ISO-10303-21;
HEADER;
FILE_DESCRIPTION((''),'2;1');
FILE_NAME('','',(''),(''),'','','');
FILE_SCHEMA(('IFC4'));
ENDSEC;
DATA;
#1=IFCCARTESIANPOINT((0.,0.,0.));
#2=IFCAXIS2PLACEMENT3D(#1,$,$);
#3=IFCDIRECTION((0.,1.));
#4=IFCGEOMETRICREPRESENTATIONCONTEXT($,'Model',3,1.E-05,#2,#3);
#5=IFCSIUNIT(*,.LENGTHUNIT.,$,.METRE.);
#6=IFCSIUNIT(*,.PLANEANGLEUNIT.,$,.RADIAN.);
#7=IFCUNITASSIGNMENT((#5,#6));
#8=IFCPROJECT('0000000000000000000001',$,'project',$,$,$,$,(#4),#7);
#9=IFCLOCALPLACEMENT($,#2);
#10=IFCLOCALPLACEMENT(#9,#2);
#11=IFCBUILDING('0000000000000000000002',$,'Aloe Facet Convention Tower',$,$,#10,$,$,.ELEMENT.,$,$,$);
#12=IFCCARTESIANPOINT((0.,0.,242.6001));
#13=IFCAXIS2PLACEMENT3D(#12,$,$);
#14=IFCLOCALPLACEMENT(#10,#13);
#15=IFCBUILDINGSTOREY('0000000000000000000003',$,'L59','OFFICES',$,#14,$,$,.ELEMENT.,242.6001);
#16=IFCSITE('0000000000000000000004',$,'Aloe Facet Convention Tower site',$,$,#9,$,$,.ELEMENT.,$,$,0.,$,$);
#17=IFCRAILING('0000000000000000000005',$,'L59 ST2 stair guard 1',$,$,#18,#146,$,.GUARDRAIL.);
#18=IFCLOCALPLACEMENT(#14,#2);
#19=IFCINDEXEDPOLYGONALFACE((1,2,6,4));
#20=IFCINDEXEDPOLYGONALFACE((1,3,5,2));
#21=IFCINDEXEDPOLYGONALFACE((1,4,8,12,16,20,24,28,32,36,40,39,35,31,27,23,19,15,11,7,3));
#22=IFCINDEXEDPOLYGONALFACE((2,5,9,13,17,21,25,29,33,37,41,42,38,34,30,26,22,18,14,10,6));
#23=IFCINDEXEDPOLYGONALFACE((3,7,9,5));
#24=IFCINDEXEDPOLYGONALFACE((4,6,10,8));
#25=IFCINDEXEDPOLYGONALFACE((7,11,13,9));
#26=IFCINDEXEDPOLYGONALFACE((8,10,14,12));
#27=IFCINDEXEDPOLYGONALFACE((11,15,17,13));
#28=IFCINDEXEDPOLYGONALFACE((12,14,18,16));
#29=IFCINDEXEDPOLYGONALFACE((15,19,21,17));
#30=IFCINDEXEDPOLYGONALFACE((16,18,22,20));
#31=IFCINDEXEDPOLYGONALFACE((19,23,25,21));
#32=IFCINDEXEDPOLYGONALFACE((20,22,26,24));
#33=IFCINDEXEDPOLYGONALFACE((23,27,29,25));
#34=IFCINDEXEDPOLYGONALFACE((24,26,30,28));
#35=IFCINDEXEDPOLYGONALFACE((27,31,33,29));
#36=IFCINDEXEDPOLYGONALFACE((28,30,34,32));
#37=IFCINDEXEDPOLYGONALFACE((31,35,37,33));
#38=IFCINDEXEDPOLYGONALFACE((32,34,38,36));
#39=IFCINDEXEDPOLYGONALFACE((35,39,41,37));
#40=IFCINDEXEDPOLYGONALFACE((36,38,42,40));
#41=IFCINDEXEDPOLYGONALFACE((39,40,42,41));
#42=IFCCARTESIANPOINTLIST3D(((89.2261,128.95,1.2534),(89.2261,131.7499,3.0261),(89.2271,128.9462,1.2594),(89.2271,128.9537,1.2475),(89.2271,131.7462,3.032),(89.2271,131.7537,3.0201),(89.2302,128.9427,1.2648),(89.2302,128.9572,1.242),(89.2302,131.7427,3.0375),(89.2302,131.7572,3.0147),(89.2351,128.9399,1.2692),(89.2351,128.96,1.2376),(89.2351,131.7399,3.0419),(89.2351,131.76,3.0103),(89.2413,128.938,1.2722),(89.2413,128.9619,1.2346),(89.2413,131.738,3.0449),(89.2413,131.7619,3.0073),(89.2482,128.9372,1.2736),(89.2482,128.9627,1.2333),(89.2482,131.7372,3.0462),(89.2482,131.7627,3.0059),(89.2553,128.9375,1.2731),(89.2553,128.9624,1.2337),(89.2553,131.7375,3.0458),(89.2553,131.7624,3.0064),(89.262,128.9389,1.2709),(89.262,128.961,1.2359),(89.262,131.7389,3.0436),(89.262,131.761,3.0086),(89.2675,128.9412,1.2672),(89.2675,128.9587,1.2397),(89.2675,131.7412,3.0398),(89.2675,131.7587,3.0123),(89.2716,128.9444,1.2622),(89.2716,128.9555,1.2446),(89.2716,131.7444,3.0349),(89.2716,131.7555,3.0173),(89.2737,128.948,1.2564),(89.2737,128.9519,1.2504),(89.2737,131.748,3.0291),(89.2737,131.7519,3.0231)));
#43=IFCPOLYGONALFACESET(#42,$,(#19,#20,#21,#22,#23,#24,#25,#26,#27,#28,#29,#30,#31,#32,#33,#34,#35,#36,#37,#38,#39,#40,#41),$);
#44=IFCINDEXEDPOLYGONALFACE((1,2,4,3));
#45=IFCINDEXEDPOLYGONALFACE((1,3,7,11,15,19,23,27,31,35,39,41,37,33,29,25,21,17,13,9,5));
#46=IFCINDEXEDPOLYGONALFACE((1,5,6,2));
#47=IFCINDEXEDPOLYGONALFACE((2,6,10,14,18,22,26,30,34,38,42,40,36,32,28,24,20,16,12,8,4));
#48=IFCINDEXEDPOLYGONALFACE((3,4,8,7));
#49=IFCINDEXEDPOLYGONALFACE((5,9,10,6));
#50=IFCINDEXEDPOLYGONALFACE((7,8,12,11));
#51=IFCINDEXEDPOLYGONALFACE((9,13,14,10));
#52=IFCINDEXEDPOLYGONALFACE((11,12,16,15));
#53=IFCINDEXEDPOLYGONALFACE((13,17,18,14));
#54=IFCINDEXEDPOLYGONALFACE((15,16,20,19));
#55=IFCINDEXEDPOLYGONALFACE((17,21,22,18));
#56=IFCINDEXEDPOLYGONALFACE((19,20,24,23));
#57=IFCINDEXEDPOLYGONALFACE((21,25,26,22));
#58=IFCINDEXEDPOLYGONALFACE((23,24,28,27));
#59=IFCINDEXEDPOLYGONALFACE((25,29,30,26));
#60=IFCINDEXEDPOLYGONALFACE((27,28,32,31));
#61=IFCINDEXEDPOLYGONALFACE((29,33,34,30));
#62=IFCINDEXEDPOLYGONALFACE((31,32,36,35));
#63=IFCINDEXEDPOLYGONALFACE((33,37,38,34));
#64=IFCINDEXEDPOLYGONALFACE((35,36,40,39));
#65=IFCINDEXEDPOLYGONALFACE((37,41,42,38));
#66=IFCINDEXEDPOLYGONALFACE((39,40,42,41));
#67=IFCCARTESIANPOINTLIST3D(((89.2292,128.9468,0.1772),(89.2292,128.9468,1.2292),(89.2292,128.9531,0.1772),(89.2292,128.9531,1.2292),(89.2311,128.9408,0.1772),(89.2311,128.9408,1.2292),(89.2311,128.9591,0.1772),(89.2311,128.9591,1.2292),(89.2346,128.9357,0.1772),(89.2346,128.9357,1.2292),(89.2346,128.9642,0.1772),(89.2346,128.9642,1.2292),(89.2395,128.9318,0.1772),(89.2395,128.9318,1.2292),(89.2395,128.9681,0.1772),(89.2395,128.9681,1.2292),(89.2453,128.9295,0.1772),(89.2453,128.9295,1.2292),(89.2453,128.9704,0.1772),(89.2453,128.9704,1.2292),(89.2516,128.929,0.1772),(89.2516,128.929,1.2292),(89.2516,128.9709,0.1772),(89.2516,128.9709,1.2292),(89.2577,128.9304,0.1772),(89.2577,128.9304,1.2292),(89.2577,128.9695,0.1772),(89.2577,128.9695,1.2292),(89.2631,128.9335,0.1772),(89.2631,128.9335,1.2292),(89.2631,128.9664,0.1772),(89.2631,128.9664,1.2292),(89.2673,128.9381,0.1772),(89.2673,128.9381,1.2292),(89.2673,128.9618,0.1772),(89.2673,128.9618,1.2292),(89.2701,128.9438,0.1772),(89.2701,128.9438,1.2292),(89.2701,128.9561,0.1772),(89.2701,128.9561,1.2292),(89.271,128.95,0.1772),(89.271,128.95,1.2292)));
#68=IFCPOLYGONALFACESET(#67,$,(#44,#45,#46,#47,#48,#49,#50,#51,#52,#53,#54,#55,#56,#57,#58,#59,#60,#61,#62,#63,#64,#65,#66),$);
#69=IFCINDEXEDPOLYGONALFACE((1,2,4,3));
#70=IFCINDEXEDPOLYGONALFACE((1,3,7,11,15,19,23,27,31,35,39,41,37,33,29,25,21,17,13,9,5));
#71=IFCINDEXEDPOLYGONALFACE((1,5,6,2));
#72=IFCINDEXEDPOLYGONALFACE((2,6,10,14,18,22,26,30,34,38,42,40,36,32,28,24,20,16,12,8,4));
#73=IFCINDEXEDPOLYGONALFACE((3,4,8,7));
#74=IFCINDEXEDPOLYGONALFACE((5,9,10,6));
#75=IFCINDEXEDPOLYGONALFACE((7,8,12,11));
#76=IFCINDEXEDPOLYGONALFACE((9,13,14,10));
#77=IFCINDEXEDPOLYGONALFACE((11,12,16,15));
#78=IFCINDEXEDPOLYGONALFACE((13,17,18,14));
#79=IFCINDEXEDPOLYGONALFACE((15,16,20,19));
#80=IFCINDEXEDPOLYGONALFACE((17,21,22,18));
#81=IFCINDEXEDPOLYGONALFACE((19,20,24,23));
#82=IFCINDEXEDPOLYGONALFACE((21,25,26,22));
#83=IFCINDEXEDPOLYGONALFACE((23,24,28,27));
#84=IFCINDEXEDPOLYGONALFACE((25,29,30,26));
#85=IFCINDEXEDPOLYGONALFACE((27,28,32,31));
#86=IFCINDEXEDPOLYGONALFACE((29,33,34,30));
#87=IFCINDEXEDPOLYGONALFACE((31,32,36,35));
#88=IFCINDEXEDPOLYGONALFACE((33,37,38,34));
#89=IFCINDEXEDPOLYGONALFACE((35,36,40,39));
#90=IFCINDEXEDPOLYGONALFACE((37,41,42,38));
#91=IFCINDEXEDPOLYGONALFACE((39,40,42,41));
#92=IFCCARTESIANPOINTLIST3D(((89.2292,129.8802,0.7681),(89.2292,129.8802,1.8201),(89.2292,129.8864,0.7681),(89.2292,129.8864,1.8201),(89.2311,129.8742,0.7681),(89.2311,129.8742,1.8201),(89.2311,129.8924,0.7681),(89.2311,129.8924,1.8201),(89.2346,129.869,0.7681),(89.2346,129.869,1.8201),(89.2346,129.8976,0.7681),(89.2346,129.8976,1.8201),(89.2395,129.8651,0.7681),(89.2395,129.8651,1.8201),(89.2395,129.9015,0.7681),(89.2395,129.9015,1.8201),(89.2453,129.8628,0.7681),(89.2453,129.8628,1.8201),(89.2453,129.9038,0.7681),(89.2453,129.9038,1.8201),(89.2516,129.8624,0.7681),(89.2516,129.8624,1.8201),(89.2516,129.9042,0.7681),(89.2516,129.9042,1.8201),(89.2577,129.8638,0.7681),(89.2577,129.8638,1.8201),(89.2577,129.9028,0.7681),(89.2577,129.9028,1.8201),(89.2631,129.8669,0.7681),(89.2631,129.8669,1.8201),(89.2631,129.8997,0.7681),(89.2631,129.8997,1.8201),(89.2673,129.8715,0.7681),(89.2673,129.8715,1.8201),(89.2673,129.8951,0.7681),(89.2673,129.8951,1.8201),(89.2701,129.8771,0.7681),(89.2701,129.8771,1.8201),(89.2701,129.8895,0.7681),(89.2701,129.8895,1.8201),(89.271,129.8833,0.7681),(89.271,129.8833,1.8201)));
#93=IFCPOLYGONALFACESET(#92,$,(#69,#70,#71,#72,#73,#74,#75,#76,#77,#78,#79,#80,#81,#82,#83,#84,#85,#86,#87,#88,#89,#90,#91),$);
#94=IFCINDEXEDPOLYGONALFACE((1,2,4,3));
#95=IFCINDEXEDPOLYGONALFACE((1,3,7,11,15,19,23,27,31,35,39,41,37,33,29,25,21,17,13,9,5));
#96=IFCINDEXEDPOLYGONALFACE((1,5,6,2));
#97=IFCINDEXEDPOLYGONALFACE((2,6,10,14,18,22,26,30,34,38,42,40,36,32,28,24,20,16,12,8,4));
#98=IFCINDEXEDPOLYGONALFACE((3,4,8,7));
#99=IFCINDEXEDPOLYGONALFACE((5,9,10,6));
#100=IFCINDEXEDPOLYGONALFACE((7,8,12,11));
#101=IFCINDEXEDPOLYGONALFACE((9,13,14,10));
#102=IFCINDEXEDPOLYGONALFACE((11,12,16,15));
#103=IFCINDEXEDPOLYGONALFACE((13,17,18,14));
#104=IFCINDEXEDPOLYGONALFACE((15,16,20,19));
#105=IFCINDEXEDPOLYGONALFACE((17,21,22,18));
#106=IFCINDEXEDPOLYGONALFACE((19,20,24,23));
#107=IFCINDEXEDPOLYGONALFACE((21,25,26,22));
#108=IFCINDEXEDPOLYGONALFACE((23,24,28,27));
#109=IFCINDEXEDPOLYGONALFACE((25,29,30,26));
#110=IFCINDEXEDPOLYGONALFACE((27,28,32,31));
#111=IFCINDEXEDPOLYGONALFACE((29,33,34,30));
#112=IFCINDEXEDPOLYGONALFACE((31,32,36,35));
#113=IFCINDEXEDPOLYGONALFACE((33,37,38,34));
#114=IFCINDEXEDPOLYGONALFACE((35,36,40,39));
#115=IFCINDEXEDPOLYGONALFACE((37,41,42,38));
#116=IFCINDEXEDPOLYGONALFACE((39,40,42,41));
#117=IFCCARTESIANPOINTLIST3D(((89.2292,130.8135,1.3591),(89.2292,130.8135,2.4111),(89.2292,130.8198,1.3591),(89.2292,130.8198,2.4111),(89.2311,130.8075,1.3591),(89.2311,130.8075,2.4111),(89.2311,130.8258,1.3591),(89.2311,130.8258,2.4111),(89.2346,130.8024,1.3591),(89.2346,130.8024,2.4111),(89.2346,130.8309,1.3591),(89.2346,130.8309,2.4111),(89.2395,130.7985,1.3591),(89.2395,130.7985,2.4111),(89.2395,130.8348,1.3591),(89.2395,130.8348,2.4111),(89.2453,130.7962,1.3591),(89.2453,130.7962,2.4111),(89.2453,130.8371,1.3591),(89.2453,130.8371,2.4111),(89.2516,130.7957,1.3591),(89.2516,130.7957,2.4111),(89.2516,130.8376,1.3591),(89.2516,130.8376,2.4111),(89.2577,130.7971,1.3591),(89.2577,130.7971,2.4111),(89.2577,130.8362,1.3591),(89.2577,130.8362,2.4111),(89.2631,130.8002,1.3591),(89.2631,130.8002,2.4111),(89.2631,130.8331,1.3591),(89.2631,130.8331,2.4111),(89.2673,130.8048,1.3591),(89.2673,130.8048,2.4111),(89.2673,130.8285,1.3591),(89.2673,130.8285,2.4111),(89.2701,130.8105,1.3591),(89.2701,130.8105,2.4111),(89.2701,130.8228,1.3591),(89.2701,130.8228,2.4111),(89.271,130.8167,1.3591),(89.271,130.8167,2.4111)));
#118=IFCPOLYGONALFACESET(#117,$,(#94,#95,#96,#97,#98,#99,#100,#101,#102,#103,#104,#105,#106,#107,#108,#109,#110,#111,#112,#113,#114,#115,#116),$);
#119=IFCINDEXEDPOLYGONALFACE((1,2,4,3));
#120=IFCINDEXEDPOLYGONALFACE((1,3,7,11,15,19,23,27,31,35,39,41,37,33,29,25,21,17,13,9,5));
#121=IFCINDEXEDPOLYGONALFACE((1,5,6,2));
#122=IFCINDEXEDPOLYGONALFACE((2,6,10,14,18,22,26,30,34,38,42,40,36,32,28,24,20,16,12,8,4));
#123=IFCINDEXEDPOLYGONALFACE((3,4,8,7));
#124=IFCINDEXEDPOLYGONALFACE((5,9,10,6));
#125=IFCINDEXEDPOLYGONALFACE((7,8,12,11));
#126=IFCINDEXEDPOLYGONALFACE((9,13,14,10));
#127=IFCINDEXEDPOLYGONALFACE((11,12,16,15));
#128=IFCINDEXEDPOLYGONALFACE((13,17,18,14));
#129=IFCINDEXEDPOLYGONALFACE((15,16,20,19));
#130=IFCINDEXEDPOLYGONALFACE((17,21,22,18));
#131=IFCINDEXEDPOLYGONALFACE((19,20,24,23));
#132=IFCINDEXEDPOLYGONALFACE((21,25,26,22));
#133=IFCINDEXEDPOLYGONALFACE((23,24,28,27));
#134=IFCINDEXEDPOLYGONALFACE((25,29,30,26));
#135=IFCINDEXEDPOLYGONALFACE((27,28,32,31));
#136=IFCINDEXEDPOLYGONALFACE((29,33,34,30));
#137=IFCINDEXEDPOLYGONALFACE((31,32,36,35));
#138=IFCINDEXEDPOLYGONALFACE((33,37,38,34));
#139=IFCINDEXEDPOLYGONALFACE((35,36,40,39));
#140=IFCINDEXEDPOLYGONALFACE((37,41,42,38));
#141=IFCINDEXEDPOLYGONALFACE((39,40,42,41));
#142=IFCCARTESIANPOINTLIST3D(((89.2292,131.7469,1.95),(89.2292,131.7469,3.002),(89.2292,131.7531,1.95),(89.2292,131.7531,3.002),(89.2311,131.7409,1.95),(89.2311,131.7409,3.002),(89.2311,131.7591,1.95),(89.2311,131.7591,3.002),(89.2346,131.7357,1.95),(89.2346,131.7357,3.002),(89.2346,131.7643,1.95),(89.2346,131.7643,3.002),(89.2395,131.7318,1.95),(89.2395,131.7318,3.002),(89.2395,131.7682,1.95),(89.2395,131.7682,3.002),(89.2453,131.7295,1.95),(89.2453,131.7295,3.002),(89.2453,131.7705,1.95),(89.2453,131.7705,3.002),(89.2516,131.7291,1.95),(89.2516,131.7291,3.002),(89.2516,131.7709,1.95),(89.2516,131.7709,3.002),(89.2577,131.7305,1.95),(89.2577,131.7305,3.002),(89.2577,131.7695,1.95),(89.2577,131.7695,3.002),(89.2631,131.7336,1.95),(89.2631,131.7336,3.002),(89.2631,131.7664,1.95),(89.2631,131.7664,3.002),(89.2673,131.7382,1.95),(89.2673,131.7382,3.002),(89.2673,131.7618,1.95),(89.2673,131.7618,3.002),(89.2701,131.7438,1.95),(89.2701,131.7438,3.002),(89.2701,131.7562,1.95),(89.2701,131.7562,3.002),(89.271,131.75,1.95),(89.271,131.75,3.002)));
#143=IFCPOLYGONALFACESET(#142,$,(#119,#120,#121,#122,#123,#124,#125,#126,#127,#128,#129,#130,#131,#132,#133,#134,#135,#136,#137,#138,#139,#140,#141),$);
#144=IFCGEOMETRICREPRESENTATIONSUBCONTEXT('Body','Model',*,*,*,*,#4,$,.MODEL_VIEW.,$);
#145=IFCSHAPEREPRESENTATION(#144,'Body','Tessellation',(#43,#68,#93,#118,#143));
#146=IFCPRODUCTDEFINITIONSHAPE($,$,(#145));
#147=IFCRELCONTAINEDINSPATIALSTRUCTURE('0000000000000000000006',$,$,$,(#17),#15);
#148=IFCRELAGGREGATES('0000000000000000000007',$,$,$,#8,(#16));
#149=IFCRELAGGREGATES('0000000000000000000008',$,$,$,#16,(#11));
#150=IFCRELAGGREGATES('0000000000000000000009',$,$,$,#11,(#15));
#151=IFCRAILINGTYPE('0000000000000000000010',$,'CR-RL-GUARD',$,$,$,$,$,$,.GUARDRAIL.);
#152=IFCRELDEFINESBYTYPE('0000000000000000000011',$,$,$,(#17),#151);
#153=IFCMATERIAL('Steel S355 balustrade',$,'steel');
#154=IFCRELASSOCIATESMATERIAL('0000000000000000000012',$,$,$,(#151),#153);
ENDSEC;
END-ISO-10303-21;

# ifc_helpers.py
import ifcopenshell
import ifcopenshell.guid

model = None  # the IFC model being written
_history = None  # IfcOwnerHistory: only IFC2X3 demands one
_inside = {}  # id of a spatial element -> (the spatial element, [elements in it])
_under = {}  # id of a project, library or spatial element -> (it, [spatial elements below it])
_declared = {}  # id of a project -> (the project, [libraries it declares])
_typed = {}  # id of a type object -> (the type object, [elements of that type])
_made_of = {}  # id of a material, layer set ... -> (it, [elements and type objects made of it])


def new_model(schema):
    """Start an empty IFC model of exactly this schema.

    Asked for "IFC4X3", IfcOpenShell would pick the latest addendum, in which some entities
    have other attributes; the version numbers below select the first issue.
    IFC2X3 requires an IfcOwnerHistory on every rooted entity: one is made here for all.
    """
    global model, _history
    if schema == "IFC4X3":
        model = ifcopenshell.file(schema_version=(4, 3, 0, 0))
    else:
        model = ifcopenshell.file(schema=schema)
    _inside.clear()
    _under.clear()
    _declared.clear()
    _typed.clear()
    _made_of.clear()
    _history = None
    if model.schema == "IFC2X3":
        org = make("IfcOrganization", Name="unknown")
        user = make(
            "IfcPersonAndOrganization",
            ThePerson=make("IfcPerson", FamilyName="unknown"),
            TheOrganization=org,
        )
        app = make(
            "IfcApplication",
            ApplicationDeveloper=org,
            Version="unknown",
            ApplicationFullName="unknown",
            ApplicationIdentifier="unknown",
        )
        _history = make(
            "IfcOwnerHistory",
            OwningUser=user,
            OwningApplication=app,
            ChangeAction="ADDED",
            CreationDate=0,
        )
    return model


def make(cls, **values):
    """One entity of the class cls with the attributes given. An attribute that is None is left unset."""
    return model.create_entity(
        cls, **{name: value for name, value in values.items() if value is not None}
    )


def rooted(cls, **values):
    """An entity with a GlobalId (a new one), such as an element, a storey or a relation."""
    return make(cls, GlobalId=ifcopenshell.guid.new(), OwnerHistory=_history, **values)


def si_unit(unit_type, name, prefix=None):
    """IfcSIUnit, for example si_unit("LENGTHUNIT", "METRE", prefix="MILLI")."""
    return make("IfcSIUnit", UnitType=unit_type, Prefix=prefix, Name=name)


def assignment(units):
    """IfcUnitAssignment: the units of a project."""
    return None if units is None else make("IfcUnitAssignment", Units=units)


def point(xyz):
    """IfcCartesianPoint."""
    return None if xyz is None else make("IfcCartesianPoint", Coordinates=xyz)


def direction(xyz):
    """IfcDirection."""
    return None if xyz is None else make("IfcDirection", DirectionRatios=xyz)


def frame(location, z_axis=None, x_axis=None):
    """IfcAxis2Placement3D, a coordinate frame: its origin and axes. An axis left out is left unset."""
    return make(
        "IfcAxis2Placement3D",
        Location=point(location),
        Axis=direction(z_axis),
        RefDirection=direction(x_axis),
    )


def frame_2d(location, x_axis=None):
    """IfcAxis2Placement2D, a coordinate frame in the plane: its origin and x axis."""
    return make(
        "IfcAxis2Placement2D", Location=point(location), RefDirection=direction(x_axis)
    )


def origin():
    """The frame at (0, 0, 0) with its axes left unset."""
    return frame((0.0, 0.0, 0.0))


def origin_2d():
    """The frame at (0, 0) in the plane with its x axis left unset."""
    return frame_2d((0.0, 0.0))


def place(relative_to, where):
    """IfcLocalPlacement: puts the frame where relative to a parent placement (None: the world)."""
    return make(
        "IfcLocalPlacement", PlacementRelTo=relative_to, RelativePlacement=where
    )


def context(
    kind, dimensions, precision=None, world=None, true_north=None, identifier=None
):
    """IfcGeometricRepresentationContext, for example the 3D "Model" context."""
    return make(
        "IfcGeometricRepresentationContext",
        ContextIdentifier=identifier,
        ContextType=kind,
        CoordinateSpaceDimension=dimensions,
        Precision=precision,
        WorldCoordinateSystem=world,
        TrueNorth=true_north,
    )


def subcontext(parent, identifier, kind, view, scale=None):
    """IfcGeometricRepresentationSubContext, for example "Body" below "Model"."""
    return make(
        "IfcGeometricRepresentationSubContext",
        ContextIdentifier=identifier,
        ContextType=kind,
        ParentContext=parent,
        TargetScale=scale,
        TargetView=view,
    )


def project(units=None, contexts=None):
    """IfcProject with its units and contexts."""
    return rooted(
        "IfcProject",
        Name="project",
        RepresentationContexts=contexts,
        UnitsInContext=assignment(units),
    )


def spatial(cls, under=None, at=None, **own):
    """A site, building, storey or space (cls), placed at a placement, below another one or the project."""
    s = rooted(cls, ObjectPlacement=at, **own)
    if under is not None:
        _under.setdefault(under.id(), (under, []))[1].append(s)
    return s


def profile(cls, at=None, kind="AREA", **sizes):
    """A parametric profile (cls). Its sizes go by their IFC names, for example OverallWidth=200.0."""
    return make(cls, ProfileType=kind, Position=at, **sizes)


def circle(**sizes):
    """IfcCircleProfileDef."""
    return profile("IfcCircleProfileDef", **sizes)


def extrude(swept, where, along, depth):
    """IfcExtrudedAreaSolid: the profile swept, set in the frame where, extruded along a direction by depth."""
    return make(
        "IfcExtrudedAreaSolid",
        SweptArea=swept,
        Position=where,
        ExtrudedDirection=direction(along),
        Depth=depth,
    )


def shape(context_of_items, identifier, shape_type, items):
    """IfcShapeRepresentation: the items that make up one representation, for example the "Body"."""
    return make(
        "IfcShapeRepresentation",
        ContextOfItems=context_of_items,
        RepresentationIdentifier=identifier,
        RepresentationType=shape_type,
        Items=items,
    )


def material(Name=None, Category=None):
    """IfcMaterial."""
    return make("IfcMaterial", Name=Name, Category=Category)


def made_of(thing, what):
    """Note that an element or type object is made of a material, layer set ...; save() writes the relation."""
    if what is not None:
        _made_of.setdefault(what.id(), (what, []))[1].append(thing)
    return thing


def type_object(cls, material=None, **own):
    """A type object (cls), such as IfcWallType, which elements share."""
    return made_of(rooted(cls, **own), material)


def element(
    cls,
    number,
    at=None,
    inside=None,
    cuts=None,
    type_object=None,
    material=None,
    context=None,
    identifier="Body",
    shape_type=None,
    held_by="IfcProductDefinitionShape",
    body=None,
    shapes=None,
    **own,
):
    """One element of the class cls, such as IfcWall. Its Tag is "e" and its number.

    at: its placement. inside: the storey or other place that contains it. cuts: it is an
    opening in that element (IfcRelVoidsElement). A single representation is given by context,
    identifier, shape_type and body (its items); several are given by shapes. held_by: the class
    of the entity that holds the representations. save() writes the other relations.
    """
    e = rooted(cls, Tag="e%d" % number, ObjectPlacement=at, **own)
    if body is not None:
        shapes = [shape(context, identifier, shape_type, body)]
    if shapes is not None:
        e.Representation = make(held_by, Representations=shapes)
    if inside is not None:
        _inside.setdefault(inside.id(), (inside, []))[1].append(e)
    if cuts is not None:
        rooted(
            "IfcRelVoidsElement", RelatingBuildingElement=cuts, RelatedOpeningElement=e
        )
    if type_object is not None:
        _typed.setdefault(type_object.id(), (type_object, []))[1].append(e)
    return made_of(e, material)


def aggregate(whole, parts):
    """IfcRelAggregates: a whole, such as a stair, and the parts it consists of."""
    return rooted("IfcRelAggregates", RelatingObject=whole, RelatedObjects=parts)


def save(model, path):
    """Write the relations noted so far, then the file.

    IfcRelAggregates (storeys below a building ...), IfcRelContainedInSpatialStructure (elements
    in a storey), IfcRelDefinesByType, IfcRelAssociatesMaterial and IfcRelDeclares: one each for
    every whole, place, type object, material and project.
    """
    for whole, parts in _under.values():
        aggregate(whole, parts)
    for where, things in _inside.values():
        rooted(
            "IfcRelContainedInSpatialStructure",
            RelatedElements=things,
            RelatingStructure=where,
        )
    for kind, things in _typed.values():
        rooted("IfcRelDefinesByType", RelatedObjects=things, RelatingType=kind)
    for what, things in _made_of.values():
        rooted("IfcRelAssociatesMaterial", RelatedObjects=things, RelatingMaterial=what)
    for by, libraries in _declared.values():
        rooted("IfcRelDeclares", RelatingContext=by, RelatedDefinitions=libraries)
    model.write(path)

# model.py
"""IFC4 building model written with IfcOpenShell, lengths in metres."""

from ifc_helpers import new_model, si_unit, direction, frame, origin, origin_2d, place, context, subcontext, project, spatial, circle, extrude, material, type_object, element, save


model = new_model("IFC4")

# Units and contexts
model_context = context("Model", 3, precision=1e-05, world=origin(), true_north=direction((0.0, 1.0)))
body_context = subcontext(model_context, "Body", "Model", "MODEL_VIEW")
ifc_project = project(units=[si_unit("LENGTHUNIT", "METRE"), si_unit("PLANEANGLEUNIT", "RADIAN")], contexts=[model_context])

# Site, building, storey
site_placement = place(None, origin())
site = spatial("IfcSite", under=ifc_project, at=site_placement, Name="Aloe Facet Convention Tower site", CompositionType="ELEMENT", RefElevation=0.0)
building_placement = place(site_placement, origin())
building = spatial("IfcBuilding", under=site, at=building_placement, Name="Aloe Facet Convention Tower", CompositionType="ELEMENT")
storey_placement = place(building_placement, frame((0.0, 0.0, 242.6001)))
storey = spatial("IfcBuildingStorey", under=building, at=storey_placement, Name="L59", Description="OFFICES", CompositionType="ELEMENT", Elevation=242.6001)

# Railing
ifc_material_1 = material(Name="Steel S355 balustrade", Category="steel")
railing_type_1 = type_object("IfcRailingType", Name="CR-RL-GUARD", PredefinedType="GUARDRAIL", material=ifc_material_1)
railing_1_placement = place(storey_placement, frame((89.25, 128.95, 0.1772)))
element("IfcRailing", 1, at=railing_1_placement, inside=storey, type_object=railing_type_1, Name="L59 ST2 stair guard 1", PredefinedType="GUARDRAIL", context=body_context, shape_type="SweptSolid", body=[
    extrude(circle(Radius=0.0239, at=origin_2d()), frame((0.0, 0.0, 1.0762), z_axis=(0.0, 0.844909, 0.53491), x_axis=(-1.0, 0.0, 0.0)), (0.0, 0.0, 1.0), 3.314),
    extrude(circle(Radius=0.021, at=origin_2d()), origin(), (0.0, 0.0, 1.0), 1.052),
    extrude(circle(Radius=0.021, at=origin_2d()), frame((0.0, 0.9333, 0.5908)), (0.0, 0.0, 1.0), 1.052),
    extrude(circle(Radius=0.021, at=origin_2d()), frame((0.0, 1.8667, 1.1819)), (0.0, 0.0, 1.0), 1.052),
    extrude(circle(Radius=0.021, at=origin_2d()), frame((0.0, 2.8, 1.7727)), (0.0, 0.0, 1.0), 1.052),
])

save(model, "model.ifc")
